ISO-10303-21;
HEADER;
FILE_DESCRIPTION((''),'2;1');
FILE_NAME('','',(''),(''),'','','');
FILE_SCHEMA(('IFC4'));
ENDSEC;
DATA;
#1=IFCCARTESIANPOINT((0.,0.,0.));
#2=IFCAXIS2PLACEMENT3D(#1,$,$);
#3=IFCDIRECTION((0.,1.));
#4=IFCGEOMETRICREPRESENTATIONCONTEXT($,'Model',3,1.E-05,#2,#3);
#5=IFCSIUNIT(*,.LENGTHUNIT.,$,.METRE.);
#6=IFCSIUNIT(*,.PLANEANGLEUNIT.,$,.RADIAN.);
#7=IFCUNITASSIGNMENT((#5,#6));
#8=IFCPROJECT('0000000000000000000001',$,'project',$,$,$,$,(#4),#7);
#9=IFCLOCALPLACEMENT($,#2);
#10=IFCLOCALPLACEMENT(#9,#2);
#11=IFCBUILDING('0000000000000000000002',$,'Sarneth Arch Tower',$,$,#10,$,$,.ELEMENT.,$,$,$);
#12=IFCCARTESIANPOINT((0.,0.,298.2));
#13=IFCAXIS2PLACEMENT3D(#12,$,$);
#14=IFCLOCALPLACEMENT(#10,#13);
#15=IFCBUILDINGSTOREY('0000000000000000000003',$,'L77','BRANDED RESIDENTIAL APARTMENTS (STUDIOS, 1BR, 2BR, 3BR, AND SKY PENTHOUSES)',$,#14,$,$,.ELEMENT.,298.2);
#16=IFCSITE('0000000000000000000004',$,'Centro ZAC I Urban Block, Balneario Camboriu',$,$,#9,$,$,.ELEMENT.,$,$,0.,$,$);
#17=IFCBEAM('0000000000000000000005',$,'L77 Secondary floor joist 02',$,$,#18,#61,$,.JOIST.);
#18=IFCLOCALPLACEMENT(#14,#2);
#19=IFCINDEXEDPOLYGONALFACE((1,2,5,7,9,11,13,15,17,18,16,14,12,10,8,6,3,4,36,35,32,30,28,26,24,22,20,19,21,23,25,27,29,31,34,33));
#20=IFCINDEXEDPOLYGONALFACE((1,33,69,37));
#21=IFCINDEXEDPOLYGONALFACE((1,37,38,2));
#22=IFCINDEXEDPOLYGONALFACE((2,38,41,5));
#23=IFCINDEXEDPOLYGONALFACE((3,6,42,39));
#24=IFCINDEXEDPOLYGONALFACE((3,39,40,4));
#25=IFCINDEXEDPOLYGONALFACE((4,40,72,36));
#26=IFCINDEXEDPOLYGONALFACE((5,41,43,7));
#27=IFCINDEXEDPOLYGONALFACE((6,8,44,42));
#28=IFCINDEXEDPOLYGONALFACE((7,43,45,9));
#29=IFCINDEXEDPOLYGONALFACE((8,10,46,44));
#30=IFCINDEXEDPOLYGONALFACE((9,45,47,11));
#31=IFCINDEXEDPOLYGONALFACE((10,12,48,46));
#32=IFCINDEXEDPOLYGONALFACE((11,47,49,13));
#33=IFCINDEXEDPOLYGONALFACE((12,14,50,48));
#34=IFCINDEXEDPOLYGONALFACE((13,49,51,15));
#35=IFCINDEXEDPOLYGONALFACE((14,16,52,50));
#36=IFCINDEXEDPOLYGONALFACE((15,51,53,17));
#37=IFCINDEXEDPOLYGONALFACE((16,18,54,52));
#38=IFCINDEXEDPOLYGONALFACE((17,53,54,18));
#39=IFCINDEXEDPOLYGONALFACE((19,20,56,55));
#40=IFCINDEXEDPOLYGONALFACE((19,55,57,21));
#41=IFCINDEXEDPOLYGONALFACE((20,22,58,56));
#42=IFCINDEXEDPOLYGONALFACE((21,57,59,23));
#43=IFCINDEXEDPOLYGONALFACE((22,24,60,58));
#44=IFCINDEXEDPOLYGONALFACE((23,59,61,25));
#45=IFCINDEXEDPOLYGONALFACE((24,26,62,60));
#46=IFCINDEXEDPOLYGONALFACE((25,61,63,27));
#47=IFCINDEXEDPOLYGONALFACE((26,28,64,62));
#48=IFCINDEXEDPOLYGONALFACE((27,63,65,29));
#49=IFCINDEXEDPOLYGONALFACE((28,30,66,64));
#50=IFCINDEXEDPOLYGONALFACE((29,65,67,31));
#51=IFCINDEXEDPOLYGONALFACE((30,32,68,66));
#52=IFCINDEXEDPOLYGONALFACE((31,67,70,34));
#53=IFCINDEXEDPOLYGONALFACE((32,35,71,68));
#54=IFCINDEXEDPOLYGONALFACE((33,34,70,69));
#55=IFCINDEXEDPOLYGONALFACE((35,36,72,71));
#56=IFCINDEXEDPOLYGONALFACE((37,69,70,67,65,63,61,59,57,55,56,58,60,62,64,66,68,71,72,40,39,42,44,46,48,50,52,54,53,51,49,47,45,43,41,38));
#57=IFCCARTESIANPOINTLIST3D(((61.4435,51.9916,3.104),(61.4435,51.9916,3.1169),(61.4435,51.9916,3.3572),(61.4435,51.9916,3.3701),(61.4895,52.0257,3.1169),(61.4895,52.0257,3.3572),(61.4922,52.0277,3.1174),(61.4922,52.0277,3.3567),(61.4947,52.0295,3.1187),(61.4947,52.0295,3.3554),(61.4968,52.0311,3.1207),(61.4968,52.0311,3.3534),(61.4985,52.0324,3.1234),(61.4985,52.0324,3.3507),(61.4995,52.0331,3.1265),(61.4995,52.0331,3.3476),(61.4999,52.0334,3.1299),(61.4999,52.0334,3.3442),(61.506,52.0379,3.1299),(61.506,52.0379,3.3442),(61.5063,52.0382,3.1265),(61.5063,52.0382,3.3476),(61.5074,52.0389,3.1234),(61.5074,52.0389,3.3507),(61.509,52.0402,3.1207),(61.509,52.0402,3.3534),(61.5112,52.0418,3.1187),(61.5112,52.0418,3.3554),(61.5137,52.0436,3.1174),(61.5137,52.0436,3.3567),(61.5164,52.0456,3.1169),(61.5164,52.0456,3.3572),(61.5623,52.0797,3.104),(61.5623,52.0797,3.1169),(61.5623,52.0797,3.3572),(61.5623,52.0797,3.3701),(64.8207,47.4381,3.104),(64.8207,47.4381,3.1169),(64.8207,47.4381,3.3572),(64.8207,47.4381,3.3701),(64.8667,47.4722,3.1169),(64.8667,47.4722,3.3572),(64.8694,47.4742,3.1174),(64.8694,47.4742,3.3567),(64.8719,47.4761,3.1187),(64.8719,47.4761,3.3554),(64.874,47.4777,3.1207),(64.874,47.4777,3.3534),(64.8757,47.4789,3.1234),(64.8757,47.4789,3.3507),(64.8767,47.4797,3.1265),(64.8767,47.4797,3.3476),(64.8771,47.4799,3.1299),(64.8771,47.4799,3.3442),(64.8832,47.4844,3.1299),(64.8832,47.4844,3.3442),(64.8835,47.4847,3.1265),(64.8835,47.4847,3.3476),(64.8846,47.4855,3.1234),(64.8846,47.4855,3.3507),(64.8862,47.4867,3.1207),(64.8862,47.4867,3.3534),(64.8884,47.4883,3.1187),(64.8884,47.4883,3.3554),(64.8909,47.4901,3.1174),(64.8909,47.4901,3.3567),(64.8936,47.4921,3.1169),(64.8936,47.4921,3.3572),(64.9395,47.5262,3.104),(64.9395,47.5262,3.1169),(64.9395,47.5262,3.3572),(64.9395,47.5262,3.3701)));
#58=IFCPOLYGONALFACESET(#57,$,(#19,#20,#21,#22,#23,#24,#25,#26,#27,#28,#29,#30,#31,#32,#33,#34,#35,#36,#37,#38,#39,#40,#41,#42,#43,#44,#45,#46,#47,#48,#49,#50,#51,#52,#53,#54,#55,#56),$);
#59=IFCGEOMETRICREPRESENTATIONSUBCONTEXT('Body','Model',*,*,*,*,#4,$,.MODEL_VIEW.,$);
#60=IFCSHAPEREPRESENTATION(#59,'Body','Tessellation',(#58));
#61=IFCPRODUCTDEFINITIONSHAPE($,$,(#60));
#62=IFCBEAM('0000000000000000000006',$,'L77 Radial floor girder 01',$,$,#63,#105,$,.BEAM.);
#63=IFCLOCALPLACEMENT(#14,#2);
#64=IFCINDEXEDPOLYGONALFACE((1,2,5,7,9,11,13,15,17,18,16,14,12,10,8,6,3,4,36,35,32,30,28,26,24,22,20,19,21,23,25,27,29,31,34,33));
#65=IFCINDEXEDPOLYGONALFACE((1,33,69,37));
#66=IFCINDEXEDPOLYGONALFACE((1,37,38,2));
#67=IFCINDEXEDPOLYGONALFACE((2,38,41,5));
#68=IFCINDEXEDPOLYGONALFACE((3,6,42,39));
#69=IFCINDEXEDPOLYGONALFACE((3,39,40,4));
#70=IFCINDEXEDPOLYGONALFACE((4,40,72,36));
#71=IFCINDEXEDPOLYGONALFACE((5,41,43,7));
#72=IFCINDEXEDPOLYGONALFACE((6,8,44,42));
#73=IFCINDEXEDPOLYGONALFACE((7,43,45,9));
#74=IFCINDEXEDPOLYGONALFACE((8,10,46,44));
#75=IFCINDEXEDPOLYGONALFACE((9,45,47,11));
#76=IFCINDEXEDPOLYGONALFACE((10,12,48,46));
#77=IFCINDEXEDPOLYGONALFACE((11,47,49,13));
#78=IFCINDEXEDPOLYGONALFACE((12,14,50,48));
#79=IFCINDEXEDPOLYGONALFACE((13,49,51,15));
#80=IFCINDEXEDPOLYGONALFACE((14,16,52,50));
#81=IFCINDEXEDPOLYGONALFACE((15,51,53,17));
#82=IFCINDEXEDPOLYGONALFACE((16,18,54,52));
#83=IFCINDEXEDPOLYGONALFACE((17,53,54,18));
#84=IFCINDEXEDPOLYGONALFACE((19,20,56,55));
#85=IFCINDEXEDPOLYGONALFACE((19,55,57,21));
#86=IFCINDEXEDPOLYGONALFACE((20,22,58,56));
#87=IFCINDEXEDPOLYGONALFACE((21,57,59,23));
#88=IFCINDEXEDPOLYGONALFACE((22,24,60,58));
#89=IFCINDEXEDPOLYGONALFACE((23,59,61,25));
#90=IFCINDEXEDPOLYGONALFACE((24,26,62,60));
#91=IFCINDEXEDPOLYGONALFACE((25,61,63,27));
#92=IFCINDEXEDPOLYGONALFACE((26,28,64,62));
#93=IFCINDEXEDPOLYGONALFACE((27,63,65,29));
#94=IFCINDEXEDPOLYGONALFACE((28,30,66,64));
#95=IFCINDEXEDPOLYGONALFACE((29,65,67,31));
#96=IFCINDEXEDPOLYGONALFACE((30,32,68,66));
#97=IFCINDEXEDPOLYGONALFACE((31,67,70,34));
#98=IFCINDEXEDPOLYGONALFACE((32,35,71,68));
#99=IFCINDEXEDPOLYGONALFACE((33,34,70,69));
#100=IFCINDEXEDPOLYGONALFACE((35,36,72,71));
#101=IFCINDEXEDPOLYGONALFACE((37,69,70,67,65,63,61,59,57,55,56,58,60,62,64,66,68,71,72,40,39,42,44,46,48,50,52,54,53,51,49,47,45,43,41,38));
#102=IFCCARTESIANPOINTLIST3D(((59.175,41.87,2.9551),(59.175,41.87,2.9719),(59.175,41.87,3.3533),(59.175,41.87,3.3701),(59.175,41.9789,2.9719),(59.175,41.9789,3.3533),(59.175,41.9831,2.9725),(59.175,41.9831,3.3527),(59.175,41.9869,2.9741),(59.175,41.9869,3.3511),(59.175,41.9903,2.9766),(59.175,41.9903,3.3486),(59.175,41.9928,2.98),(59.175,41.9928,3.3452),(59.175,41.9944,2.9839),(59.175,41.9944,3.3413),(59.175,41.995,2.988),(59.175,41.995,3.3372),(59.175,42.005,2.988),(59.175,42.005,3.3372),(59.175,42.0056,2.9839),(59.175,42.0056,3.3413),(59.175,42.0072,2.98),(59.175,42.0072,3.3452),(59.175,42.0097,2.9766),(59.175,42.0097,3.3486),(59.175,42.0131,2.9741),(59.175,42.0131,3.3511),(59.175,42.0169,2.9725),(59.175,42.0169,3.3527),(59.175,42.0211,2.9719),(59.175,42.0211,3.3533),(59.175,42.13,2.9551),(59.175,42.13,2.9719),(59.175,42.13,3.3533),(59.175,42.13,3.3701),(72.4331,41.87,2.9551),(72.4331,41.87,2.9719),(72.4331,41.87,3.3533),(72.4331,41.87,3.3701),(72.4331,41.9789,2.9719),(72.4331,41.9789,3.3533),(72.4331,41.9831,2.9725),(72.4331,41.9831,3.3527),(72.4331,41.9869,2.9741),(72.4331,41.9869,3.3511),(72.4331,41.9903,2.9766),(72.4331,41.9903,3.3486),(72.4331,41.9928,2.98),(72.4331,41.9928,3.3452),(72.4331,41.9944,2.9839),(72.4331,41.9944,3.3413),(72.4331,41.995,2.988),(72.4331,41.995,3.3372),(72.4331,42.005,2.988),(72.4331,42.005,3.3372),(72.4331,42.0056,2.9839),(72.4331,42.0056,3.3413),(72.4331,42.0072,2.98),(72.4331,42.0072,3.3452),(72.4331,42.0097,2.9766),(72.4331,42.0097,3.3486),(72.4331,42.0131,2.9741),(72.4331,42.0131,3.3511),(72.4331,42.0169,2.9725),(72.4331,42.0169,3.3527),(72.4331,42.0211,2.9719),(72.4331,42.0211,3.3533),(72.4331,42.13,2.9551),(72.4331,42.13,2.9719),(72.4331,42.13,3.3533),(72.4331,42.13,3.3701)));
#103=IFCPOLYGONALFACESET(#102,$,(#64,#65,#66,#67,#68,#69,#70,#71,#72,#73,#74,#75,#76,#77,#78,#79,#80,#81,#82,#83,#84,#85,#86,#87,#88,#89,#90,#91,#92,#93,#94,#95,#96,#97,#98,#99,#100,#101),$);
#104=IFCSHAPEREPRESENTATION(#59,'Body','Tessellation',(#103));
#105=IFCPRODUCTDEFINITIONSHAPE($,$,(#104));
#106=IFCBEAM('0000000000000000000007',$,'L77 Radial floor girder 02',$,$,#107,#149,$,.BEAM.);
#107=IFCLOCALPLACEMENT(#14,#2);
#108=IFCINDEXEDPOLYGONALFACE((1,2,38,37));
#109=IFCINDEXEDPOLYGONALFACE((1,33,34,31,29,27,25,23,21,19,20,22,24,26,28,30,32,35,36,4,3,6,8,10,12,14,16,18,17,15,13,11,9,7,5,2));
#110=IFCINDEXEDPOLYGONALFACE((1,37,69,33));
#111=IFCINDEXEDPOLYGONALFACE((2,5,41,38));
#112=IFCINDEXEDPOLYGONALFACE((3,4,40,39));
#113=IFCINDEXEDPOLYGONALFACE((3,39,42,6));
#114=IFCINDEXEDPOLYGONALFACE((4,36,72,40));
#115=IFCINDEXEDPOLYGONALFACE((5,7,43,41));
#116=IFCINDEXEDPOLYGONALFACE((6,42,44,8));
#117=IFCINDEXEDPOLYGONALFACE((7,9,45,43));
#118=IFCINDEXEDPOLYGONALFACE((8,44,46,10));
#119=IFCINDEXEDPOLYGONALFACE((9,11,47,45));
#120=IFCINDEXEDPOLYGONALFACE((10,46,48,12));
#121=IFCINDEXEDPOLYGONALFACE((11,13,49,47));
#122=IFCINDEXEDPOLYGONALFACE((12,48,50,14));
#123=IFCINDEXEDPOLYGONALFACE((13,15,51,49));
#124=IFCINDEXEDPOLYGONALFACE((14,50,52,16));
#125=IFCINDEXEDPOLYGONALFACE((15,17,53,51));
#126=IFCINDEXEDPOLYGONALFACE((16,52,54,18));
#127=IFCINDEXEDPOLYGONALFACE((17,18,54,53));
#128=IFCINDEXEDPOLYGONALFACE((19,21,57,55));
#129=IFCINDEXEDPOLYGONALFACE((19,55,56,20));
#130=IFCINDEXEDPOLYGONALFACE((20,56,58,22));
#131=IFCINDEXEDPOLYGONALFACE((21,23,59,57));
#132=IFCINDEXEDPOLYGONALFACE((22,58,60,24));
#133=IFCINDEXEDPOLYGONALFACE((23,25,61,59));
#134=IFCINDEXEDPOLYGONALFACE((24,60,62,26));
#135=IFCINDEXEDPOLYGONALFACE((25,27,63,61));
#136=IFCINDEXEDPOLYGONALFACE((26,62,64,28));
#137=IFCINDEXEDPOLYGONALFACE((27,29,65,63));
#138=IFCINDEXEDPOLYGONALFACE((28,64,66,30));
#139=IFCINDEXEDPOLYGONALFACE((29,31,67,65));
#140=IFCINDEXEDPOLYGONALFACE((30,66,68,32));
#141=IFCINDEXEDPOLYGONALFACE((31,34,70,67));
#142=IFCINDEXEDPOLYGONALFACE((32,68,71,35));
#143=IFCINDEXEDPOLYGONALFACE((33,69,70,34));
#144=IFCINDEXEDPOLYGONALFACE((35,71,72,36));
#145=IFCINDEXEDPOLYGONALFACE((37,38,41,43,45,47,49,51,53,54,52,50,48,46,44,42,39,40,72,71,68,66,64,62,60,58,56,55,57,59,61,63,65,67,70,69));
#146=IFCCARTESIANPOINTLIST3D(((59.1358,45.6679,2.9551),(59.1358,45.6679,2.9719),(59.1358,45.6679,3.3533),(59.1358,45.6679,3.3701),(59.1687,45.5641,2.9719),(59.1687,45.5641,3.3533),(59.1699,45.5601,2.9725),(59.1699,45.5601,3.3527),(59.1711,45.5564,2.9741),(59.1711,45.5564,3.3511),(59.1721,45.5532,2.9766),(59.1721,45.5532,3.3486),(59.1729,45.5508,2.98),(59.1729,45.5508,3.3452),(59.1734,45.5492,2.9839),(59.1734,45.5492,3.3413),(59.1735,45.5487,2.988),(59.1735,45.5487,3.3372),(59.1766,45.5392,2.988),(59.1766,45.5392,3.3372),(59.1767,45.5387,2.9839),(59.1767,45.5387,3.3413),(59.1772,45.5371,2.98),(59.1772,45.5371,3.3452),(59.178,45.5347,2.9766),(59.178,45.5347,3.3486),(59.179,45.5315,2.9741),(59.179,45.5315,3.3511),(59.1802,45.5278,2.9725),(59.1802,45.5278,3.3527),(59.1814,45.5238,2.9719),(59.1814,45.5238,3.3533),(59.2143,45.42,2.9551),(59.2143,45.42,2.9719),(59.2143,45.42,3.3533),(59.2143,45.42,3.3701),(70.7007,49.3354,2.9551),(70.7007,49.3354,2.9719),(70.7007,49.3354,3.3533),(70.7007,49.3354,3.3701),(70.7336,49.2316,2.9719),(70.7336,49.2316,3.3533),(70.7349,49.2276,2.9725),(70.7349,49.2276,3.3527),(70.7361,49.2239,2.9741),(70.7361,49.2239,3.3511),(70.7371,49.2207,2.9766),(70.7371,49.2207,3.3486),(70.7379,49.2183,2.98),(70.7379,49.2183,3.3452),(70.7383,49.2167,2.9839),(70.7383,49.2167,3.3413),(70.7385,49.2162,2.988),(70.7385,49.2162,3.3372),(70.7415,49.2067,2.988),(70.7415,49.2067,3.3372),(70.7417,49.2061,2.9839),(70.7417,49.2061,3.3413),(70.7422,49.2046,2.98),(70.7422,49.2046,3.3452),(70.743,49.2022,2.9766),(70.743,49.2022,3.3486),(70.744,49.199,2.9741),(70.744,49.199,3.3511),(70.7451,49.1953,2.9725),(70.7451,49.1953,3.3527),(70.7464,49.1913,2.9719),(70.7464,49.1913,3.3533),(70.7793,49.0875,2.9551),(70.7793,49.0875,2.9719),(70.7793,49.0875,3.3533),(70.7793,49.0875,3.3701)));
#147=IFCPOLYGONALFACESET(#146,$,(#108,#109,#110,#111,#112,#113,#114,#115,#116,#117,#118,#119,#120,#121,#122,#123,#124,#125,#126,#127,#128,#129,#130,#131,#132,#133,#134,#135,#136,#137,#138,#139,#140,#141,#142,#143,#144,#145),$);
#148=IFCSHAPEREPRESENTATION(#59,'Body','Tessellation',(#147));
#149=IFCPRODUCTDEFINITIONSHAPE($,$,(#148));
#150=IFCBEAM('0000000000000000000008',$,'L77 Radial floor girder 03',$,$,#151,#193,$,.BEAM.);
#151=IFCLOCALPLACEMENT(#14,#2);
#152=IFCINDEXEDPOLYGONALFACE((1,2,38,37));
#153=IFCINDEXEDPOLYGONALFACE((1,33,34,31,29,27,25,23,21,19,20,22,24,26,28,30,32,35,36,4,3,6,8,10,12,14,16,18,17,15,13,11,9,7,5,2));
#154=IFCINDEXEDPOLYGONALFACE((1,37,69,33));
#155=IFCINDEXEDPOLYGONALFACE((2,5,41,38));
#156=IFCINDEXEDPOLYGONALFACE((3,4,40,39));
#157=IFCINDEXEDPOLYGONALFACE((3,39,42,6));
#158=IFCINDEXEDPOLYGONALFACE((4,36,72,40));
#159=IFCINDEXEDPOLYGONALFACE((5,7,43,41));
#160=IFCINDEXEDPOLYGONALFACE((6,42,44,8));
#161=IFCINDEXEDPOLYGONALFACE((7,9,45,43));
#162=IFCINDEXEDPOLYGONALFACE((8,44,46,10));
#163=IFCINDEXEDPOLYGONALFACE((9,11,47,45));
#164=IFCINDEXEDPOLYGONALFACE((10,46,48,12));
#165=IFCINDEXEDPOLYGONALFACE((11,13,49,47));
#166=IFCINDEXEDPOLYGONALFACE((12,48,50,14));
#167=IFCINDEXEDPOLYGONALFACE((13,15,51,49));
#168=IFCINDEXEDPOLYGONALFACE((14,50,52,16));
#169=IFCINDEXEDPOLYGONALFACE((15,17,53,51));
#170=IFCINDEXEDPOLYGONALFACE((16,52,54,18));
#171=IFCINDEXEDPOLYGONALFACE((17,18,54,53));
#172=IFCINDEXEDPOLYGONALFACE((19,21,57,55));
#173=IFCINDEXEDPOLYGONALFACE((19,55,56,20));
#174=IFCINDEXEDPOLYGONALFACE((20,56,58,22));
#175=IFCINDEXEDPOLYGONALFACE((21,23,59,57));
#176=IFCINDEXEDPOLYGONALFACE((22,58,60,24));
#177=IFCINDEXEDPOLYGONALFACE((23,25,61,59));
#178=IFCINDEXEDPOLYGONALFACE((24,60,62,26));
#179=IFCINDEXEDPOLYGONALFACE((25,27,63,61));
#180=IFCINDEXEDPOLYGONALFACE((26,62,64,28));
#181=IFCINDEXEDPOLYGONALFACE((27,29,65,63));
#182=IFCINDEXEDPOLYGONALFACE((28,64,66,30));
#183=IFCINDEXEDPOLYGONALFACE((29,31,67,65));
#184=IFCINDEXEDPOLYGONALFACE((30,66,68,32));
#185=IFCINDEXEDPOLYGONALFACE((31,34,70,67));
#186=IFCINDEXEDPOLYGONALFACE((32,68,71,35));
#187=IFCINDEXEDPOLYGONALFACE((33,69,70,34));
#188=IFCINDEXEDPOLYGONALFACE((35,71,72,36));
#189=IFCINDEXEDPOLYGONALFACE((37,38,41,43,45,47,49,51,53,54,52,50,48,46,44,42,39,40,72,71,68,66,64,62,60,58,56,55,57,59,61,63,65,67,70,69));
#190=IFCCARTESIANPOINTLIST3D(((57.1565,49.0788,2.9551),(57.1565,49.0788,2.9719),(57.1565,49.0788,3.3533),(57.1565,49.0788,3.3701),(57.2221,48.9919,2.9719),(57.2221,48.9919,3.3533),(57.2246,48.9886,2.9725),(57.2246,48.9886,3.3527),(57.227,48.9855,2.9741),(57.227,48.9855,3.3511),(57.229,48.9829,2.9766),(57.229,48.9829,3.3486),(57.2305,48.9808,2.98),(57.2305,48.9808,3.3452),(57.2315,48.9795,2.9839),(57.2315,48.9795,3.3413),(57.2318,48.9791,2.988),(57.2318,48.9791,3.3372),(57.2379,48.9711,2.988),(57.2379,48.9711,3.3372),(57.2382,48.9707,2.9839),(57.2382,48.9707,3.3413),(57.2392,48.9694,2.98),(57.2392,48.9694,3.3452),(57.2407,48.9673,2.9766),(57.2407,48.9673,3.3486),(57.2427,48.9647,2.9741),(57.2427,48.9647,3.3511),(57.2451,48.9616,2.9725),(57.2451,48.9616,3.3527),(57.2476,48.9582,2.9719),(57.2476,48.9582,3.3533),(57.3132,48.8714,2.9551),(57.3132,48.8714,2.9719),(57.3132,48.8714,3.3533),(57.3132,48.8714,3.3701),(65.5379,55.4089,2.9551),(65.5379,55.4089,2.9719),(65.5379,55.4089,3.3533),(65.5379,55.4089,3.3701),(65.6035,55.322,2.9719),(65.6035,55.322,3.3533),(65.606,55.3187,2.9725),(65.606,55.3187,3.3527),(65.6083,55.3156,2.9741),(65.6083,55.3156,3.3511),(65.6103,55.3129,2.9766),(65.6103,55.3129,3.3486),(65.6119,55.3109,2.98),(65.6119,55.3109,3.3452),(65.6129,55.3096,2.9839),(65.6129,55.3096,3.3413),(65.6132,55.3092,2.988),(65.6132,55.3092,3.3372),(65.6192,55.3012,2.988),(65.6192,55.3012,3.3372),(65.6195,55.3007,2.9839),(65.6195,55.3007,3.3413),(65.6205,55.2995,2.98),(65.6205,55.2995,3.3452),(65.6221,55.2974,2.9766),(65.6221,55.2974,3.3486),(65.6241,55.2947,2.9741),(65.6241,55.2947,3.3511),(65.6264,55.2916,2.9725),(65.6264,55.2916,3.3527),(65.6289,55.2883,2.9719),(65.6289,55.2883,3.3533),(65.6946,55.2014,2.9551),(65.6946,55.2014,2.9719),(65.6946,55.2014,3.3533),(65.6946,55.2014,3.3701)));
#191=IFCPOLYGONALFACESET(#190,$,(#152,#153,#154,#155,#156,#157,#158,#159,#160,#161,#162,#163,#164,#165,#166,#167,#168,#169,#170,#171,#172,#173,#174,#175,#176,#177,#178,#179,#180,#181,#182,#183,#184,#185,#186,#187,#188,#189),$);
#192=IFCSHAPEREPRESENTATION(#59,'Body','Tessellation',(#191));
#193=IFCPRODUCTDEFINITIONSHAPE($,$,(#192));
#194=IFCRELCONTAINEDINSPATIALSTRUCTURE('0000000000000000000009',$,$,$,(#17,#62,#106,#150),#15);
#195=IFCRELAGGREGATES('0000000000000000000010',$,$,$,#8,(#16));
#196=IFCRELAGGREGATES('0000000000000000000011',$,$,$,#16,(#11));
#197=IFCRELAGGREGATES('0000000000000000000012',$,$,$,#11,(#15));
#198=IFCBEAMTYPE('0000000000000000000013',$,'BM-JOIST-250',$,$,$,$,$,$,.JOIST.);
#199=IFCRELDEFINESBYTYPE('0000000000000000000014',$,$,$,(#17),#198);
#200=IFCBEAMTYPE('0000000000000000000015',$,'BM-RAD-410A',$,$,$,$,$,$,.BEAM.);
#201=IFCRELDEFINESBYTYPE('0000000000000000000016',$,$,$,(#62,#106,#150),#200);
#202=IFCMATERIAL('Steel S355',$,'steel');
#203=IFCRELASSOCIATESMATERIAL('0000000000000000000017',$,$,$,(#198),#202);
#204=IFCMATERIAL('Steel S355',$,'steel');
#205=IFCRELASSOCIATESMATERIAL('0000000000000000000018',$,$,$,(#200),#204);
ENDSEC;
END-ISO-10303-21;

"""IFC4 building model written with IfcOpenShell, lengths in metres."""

from ifc_helpers import new_model, si_unit, direction, frame, origin, origin_2d, place, context, subcontext, project, spatial, i_section, extrude, material, material_profile, profile_set, type_object, element, save


model = new_model("IFC4")

# Units and contexts
model_context = context("Model", 3, precision=1e-05, world=origin(), true_north=direction((0.0, 1.0)))
body_context = subcontext(model_context, "Body", "Model", "MODEL_VIEW")
ifc_project = project(units=[si_unit("LENGTHUNIT", "METRE"), si_unit("PLANEANGLEUNIT", "RADIAN")], contexts=[model_context])

# Site, building, storey
site_placement = place(None, origin())
site = spatial("IfcSite", under=ifc_project, at=site_placement, Name="Centro ZAC I Urban Block, Balneario Camboriu", CompositionType="ELEMENT", RefElevation=0.0)
building_placement = place(site_placement, origin())
building = spatial("IfcBuilding", under=site, at=building_placement, Name="Sarneth Arch Tower", CompositionType="ELEMENT")
storey_placement = place(building_placement, frame((0.0, 0.0, 298.2)))
storey = spatial("IfcBuildingStorey", under=building, at=storey_placement, Name="L77", Description="BRANDED RESIDENTIAL APARTMENTS (STUDIOS, 1BR, 2BR, 3BR, AND SKY PENTHOUSES)", CompositionType="ELEMENT", Elevation=298.2)

# Beams
ifc_material_1 = material(Name="Steel S355", Category="steel")
ifc_material_profile_1 = material_profile(ifc_material_1, i_section(OverallWidth=0.1479, OverallDepth=0.2661, WebThickness=0.0076, FlangeThickness=0.0129, FilletRadius=0.0129, at=origin_2d()), Name="W250x44.8")
ifc_profile_set_1 = profile_set([ifc_material_profile_1], Name="Steel S355")
beam_type_1 = type_object("IfcBeamType", Name="BM-JOIST-250", PredefinedType="JOIST", material=ifc_profile_set_1)
beam_1_placement = place(storey_placement, frame((64.8801, 47.4822, 3.2371), z_axis=(-0.595713, 0.803198, 0.0), x_axis=(-0.803198, -0.595713, 0.0)))
element("IfcBeam", 1, at=beam_1_placement, inside=storey, type_object=beam_type_1, Name="L77 Secondary floor joist 02", PredefinedType="JOIST", context=body_context, shape_type="SweptSolid", body=[
    extrude(i_section(OverallWidth=0.1479, OverallDepth=0.2661, WebThickness=0.0076, FlangeThickness=0.0129, FilletRadius=0.0129, at=origin_2d()), origin(), (0.0, 0.0, 1.0), 5.6692),
])
ifc_material_2 = material(Name="Steel S355", Category="steel")
ifc_material_profile_2 = material_profile(ifc_material_2, i_section(OverallWidth=0.26, OverallDepth=0.415, WebThickness=0.01, FlangeThickness=0.0168, FilletRadius=0.0161, at=origin_2d()), Name="W410x100")
ifc_profile_set_2 = profile_set([ifc_material_profile_2], Name="Steel S355")
beam_type_2 = type_object("IfcBeamType", Name="BM-RAD-410A", PredefinedType="BEAM", material=ifc_profile_set_2)
beam_2_placement = place(storey_placement, frame((59.175, 42.0, 3.1626), z_axis=(1.0, 0.0, 0.0), x_axis=(0.0, 1.0, 0.0)))
element("IfcBeam", 2, at=beam_2_placement, inside=storey, type_object=beam_type_2, Name="L77 Radial floor girder 01", PredefinedType="BEAM", context=body_context, shape_type="SweptSolid", body=[
    extrude(i_section(OverallWidth=0.26, OverallDepth=0.415, WebThickness=0.01, FlangeThickness=0.0168, FilletRadius=0.0161, at=origin_2d()), origin(), (0.0, 0.0, 1.0), 13.2581),
])
beam_3_placement = place(storey_placement, frame((59.175, 45.5439, 3.1626), z_axis=(0.953218, 0.302285, 0.0), x_axis=(-0.302285, 0.953218, 0.0)))
element("IfcBeam", 3, at=beam_3_placement, inside=storey, type_object=beam_type_2, Name="L77 Radial floor girder 02", PredefinedType="BEAM", context=body_context, shape_type="SweptSolid", body=[
    extrude(i_section(OverallWidth=0.26, OverallDepth=0.415, WebThickness=0.01, FlangeThickness=0.0168, FilletRadius=0.0161, at=origin_2d()), origin(), (0.0, 0.0, 1.0), 12.1326),
])
beam_4_placement = place(storey_placement, frame((57.2349, 48.9751, 3.1626), z_axis=(0.797982, 0.602682, 0.0), x_axis=(-0.602682, 0.797982, 0.0)))
element("IfcBeam", 4, at=beam_4_placement, inside=storey, type_object=beam_type_2, Name="L77 Radial floor girder 03", PredefinedType="BEAM", context=body_context, shape_type="SweptSolid", body=[
    extrude(i_section(OverallWidth=0.26, OverallDepth=0.415, WebThickness=0.01, FlangeThickness=0.0168, FilletRadius=0.0161, at=origin_2d()), origin(), (0.0, 0.0, 1.0), 10.5032),
])

save(model, "model.ifc")
